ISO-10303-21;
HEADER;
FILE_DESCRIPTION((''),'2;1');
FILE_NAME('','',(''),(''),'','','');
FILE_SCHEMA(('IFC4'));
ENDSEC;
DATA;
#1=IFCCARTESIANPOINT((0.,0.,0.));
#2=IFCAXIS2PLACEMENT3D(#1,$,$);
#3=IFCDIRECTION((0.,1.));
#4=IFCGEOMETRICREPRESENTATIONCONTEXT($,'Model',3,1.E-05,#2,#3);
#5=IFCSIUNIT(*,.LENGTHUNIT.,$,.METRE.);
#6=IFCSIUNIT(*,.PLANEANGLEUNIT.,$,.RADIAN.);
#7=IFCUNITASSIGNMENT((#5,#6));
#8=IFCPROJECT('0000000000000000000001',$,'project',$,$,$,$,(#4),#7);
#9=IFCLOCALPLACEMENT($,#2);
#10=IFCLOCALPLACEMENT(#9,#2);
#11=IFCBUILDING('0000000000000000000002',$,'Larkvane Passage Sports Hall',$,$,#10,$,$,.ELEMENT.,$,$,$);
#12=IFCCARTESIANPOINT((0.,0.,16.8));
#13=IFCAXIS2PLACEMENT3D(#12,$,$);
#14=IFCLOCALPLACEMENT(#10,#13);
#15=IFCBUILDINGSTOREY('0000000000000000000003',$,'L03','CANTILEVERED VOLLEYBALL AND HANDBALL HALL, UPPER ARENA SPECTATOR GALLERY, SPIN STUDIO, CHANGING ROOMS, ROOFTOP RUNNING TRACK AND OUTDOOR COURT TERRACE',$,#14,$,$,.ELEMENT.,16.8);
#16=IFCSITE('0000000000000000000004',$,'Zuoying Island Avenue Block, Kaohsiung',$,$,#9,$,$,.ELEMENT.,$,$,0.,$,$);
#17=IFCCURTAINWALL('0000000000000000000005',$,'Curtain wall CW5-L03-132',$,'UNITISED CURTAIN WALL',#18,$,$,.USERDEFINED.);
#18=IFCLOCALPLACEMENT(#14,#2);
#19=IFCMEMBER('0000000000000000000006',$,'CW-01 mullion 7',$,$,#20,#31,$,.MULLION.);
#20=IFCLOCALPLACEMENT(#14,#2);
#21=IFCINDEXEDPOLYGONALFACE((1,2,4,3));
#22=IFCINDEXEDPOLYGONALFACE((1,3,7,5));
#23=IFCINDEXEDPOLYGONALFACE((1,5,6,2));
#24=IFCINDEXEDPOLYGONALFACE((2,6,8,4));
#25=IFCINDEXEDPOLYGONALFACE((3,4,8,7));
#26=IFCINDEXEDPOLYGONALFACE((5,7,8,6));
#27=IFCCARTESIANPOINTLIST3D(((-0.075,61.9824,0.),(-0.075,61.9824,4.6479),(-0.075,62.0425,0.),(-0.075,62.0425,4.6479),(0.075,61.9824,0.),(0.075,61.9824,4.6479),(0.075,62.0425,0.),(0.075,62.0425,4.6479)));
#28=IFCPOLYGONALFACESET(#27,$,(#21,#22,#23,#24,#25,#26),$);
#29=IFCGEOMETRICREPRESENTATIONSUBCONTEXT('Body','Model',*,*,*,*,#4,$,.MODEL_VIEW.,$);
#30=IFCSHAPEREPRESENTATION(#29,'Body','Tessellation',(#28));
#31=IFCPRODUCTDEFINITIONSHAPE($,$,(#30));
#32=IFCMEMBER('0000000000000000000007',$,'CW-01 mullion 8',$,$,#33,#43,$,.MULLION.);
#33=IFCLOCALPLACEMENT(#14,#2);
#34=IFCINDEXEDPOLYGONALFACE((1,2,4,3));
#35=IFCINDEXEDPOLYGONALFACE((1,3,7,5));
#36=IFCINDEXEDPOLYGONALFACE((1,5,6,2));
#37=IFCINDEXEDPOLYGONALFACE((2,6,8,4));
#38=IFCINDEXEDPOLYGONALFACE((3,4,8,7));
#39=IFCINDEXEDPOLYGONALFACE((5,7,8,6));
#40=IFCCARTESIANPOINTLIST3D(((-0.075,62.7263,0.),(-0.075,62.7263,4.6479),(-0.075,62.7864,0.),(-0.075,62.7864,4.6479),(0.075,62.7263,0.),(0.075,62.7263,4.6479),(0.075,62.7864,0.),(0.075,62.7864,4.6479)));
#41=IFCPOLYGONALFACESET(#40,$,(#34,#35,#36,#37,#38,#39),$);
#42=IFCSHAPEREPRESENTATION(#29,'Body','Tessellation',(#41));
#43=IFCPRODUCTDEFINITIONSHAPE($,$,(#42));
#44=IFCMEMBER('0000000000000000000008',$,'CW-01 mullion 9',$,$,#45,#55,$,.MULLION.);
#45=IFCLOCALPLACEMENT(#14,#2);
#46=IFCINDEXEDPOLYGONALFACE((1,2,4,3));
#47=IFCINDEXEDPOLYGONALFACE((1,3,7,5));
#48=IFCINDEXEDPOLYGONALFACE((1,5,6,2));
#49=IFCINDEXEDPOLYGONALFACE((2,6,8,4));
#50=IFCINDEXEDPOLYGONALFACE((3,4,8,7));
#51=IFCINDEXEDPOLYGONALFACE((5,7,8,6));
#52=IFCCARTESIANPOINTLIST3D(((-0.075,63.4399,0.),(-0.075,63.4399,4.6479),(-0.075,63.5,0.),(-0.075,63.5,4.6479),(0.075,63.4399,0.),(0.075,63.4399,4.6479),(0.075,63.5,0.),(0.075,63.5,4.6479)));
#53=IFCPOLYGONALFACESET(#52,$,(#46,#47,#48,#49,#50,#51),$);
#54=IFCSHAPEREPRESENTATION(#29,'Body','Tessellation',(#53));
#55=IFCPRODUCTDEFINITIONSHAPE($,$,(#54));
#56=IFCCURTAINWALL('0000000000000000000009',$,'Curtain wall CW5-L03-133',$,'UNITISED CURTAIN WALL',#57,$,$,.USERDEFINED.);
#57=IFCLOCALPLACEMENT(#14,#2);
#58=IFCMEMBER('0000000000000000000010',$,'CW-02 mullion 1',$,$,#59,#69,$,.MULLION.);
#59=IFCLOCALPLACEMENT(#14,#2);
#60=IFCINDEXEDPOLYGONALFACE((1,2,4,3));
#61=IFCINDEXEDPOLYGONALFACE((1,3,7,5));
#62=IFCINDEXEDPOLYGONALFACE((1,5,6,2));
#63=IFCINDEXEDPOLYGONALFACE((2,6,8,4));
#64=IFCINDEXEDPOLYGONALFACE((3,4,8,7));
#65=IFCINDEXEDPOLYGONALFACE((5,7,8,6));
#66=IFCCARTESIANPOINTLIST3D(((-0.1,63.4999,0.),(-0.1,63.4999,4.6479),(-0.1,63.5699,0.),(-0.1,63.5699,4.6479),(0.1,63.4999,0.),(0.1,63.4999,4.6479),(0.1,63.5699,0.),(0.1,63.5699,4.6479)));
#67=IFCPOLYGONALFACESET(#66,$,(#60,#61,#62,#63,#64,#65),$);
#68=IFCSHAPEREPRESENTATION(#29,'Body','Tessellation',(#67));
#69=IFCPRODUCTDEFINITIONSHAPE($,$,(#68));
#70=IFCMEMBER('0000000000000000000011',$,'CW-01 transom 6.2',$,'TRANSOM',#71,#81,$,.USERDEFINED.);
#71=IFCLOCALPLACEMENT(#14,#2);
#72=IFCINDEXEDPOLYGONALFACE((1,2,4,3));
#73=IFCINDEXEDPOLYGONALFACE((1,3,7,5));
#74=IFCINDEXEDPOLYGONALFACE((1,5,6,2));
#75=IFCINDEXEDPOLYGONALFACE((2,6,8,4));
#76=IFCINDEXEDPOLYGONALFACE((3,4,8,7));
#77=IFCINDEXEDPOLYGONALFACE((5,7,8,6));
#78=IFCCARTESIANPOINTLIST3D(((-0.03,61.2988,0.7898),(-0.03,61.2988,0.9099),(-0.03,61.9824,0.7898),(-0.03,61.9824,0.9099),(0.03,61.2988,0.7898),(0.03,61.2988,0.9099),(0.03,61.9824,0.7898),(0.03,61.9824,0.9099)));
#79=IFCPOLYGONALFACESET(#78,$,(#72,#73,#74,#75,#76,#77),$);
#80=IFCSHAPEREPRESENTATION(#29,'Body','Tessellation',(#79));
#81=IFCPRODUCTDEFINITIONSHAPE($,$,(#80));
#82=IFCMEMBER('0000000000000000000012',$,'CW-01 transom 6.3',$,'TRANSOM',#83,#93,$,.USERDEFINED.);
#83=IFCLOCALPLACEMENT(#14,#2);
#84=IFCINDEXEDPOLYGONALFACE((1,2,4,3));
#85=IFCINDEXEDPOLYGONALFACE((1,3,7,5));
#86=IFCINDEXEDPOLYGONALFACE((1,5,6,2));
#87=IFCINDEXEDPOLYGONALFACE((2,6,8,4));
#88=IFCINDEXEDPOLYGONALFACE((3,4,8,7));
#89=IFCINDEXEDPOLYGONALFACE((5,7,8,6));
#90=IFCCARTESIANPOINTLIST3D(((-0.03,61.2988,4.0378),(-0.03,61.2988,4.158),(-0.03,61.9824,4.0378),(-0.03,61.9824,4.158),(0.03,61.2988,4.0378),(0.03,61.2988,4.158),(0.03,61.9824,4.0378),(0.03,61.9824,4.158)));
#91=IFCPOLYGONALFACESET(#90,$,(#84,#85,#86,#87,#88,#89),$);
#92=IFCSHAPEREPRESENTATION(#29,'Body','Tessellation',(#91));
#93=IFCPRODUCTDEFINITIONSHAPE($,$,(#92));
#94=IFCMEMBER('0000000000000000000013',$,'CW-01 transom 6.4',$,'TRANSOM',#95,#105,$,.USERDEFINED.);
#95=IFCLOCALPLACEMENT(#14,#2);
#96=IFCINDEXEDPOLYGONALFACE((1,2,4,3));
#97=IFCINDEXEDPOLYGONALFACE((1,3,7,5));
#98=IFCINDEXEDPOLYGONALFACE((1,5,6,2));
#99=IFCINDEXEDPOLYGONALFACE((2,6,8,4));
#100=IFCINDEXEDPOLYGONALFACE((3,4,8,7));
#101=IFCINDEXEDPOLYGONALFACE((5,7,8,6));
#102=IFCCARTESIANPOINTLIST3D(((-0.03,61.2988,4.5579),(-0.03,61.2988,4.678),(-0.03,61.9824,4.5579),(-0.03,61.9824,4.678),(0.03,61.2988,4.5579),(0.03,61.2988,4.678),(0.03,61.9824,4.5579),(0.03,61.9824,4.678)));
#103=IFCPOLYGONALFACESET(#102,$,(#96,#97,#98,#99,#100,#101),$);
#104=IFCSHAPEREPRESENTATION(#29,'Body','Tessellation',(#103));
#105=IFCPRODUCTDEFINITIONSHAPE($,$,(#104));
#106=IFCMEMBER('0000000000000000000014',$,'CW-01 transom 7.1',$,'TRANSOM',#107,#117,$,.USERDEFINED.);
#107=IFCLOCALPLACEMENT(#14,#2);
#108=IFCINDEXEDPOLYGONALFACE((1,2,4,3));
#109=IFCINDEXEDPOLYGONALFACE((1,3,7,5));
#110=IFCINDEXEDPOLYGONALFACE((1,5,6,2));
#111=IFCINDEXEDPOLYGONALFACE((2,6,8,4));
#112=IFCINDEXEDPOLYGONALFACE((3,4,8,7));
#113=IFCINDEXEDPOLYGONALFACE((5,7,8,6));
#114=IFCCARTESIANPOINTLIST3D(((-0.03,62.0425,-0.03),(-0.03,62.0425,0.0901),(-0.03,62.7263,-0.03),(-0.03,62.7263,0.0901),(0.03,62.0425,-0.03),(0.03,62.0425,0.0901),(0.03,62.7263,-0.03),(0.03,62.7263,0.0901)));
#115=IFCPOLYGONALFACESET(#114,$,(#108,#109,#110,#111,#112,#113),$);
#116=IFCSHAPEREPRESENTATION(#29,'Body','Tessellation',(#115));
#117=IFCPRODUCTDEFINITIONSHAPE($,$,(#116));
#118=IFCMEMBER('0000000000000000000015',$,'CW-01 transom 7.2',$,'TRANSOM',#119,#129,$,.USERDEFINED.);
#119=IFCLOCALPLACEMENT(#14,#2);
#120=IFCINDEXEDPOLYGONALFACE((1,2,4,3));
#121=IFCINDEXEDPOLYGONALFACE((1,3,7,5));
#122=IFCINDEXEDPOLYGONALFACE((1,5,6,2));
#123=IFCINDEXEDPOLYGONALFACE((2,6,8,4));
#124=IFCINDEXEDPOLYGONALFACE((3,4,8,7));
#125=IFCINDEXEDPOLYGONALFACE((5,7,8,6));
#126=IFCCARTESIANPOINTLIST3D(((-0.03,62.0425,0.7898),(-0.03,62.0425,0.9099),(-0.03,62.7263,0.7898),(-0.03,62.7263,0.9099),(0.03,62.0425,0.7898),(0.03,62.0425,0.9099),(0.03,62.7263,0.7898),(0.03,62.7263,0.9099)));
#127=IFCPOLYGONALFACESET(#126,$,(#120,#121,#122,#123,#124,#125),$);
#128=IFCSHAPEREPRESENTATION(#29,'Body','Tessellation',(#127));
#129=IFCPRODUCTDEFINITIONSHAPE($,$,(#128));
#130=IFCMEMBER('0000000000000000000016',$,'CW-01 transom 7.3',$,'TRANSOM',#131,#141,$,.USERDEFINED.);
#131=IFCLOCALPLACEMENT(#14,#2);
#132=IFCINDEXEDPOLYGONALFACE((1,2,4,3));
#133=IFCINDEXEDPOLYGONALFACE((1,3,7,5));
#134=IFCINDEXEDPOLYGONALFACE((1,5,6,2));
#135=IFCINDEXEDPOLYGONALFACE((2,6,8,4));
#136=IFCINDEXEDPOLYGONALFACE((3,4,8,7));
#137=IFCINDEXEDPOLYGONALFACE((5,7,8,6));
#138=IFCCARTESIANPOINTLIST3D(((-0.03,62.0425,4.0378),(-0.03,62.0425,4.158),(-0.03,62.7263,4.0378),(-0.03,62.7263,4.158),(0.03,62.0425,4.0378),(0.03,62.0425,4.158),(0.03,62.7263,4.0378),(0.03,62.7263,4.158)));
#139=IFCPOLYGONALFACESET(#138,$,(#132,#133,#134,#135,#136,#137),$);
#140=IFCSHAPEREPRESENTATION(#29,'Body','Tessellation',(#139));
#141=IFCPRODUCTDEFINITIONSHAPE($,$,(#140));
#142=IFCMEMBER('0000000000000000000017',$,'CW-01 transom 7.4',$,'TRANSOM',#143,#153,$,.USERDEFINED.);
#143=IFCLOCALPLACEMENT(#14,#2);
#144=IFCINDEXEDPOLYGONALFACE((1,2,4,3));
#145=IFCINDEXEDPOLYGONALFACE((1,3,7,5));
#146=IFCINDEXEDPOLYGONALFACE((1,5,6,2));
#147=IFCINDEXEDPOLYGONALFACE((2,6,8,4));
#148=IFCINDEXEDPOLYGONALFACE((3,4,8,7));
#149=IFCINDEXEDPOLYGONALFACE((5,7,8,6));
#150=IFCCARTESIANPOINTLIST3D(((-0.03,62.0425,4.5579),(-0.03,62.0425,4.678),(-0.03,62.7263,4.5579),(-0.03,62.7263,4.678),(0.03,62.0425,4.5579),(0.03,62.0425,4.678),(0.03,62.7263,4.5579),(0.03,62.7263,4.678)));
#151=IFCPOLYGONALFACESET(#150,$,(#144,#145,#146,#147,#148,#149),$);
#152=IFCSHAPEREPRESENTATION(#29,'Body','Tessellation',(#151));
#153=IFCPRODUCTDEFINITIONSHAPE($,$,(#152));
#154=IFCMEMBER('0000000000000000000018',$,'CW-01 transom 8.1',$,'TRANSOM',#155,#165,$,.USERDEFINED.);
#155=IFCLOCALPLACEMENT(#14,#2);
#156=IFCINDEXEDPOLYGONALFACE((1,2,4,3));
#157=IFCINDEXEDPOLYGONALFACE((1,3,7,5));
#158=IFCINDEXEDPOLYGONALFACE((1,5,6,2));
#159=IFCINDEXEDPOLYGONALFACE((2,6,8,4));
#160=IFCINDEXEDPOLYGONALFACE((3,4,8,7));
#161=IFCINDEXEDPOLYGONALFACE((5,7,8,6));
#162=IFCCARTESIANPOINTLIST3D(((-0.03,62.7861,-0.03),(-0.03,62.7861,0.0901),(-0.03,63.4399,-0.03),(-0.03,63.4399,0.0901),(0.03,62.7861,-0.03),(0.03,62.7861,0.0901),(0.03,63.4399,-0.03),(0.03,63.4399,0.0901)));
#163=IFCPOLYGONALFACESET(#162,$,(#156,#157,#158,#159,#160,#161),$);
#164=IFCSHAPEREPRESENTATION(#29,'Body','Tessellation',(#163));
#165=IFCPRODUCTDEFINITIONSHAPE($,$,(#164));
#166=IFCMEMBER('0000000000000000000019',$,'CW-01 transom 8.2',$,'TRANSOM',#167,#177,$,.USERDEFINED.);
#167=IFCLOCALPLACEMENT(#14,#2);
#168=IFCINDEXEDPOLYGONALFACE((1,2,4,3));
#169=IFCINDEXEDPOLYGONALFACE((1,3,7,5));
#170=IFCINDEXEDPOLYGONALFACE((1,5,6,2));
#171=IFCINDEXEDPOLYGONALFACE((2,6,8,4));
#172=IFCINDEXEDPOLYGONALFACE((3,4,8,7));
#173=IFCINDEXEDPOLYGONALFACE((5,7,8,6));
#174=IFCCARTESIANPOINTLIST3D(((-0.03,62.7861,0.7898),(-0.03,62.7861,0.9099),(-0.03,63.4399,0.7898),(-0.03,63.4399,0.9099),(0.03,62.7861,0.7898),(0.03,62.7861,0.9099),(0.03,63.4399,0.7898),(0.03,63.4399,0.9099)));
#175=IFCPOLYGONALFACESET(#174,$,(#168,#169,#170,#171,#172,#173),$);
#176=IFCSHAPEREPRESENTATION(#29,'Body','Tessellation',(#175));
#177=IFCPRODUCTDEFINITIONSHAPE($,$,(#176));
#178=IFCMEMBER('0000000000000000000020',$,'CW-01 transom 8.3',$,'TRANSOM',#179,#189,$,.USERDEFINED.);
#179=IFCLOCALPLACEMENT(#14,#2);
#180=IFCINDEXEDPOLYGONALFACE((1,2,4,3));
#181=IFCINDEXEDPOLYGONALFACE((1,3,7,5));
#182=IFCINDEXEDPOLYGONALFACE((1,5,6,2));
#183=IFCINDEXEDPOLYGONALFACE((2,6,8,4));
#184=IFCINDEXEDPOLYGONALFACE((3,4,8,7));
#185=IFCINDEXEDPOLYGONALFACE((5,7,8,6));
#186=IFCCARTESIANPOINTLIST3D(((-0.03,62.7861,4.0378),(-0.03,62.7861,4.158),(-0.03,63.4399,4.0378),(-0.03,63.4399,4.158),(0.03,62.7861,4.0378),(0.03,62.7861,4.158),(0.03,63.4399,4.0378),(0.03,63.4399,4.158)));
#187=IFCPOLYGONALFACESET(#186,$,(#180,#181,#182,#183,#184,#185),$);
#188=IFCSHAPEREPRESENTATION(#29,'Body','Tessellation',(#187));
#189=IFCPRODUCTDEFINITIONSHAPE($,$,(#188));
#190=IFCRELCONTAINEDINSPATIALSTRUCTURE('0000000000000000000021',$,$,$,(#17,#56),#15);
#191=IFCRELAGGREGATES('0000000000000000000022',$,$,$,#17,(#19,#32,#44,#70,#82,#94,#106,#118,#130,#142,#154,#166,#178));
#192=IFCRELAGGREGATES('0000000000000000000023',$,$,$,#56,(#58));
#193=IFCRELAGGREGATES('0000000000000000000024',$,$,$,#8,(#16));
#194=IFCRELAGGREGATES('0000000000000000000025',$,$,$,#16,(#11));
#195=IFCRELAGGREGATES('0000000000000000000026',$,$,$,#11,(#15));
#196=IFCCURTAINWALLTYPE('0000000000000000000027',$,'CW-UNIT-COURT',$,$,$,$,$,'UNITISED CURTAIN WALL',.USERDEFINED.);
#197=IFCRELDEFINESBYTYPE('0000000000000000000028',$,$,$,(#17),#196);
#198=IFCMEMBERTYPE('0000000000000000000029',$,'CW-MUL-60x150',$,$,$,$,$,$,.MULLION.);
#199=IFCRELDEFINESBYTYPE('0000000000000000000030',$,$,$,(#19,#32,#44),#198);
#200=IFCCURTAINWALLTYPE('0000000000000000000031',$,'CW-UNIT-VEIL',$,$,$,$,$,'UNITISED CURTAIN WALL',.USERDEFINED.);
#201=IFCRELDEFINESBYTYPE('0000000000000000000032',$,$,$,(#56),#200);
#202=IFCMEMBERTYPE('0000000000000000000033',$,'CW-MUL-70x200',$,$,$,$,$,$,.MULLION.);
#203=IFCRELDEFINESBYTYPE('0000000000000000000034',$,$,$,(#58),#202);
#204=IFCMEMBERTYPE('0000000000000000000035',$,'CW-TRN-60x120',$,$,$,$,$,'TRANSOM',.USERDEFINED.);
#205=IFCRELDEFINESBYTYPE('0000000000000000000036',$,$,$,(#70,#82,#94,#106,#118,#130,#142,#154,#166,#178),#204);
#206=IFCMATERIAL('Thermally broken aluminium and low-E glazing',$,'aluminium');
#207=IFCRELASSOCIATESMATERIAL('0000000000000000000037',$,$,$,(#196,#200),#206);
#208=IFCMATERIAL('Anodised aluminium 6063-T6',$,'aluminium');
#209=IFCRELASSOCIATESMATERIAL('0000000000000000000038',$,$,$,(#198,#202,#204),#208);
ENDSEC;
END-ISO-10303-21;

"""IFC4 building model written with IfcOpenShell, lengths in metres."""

from ifc_helpers import new_model, si_unit, direction, frame, origin, origin_2d, place, context, subcontext, project, spatial, rectangle, extrude, material, material_profile, profile_set, type_object, element, aggregate, save


model = new_model("IFC4")

# Units and contexts
model_context = context("Model", 3, precision=1e-05, world=origin(), true_north=direction((0.0, 1.0)))
body_context = subcontext(model_context, "Body", "Model", "MODEL_VIEW")
ifc_project = project(units=[si_unit("LENGTHUNIT", "METRE"), si_unit("PLANEANGLEUNIT", "RADIAN")], contexts=[model_context])

# Site, building, storey
site_placement = place(None, origin())
site = spatial("IfcSite", under=ifc_project, at=site_placement, Name="Zuoying Island Avenue Block, Kaohsiung", CompositionType="ELEMENT", RefElevation=0.0)
building_placement = place(site_placement, origin())
building = spatial("IfcBuilding", under=site, at=building_placement, Name="Larkvane Passage Sports Hall", CompositionType="ELEMENT")
storey_placement = place(building_placement, frame((0.0, 0.0, 16.8)))
storey = spatial("IfcBuildingStorey", under=building, at=storey_placement, Name="L03", Description="CANTILEVERED VOLLEYBALL AND HANDBALL HALL, UPPER ARENA SPECTATOR GALLERY, SPIN STUDIO, CHANGING ROOMS, ROOFTOP RUNNING TRACK AND OUTDOOR COURT TERRACE", CompositionType="ELEMENT", Elevation=16.8)

# Curtain wall, members
ifc_material_1 = material(Name="Thermally broken aluminium and low-E glazing", Category="aluminium")
curtain_wall_type_1 = type_object("IfcCurtainWallType", Name="CW-UNIT-COURT", ElementType="UNITISED CURTAIN WALL", PredefinedType="USERDEFINED", material=ifc_material_1)
curtain_wall_1_placement = place(storey_placement, origin())
curtain_wall_1 = element("IfcCurtainWall", 1, at=curtain_wall_1_placement, inside=storey, type_object=curtain_wall_type_1, Name="Curtain wall CW5-L03-132", ObjectType="UNITISED CURTAIN WALL", PredefinedType="USERDEFINED")
ifc_material_2 = material(Name="Anodised aluminium 6063-T6", Category="aluminium")
ifc_material_profile_1 = material_profile(ifc_material_2, rectangle(XDim=0.0601, YDim=0.1499, at=origin_2d()), Name="ALU-MUL-60x150")
ifc_profile_set_1 = profile_set([ifc_material_profile_1], Name="Anodised aluminium 6063-T6")
member_type_1 = type_object("IfcMemberType", Name="CW-MUL-60x150", PredefinedType="MULLION", material=ifc_profile_set_1)
member_1_placement = place(storey_placement, frame((0.0, 62.0125, 0.0), z_axis=(0.0, 0.0, 1.0), x_axis=(0.0, 1.0, 0.0)))
member_1 = element("IfcMember", 2, at=member_1_placement, type_object=member_type_1, Name="CW-01 mullion 7", PredefinedType="MULLION", context=body_context, shape_type="SweptSolid", body=[
    extrude(rectangle(XDim=0.0601, YDim=0.1499, at=origin_2d()), origin(), (0.0, 0.0, 1.0), 4.6479),
])
member_2_placement = place(storey_placement, frame((0.0, 62.7563, 0.0), z_axis=(0.0, 0.0, 1.0), x_axis=(0.0, 1.0, 0.0)))
member_2 = element("IfcMember", 3, at=member_2_placement, type_object=member_type_1, Name="CW-01 mullion 8", PredefinedType="MULLION", context=body_context, shape_type="SweptSolid", body=[
    extrude(rectangle(XDim=0.0601, YDim=0.1499, at=origin_2d()), origin(), (0.0, 0.0, 1.0), 4.6479),
])
member_3_placement = place(storey_placement, frame((0.0, 63.47, 0.0), z_axis=(0.0, 0.0, 1.0), x_axis=(0.0, 1.0, 0.0)))
member_3 = element("IfcMember", 4, at=member_3_placement, type_object=member_type_1, Name="CW-01 mullion 9", PredefinedType="MULLION", context=body_context, shape_type="SweptSolid", body=[
    extrude(rectangle(XDim=0.0601, YDim=0.1499, at=origin_2d()), origin(), (0.0, 0.0, 1.0), 4.6479),
])

# Curtain wall, member
curtain_wall_type_2 = type_object("IfcCurtainWallType", Name="CW-UNIT-VEIL", ElementType="UNITISED CURTAIN WALL", PredefinedType="USERDEFINED", material=ifc_material_1)
curtain_wall_2_placement = place(storey_placement, origin())
curtain_wall_2 = element("IfcCurtainWall", 5, at=curtain_wall_2_placement, inside=storey, type_object=curtain_wall_type_2, Name="Curtain wall CW5-L03-133", ObjectType="UNITISED CURTAIN WALL", PredefinedType="USERDEFINED")
ifc_material_profile_2 = material_profile(ifc_material_2, rectangle(XDim=0.0701, YDim=0.2, at=origin_2d()), Name="ALU-MUL-70x200")
ifc_profile_set_2 = profile_set([ifc_material_profile_2], Name="Anodised aluminium 6063-T6")
member_type_2 = type_object("IfcMemberType", Name="CW-MUL-70x200", PredefinedType="MULLION", material=ifc_profile_set_2)
member_4_placement = place(storey_placement, frame((0.0, 63.5349, 0.0), z_axis=(0.0, 0.0, 1.0), x_axis=(0.0, 1.0, 0.0)))
member_4 = element("IfcMember", 6, at=member_4_placement, type_object=member_type_2, Name="CW-02 mullion 1", PredefinedType="MULLION", context=body_context, shape_type="SweptSolid", body=[
    extrude(rectangle(XDim=0.0701, YDim=0.2, at=origin_2d()), origin(), (0.0, 0.0, 1.0), 4.6479),
])

# Members
ifc_material_profile_3 = material_profile(ifc_material_2, rectangle(XDim=0.0601, YDim=0.1201, at=origin_2d()), Name="ALU-TRN-60x120")
ifc_profile_set_3 = profile_set([ifc_material_profile_3], Name="Anodised aluminium 6063-T6")
member_type_3 = type_object("IfcMemberType", Name="CW-TRN-60x120", ElementType="TRANSOM", PredefinedType="USERDEFINED", material=ifc_profile_set_3)
member_5_placement = place(storey_placement, frame((0.0, 61.2988, 0.8499), z_axis=(0.0, 1.0, 0.0), x_axis=(-1.0, 0.0, 0.0)))
member_5 = element("IfcMember", 7, at=member_5_placement, type_object=member_type_3, Name="CW-01 transom 6.2", ObjectType="TRANSOM", PredefinedType="USERDEFINED", context=body_context, shape_type="SweptSolid", body=[
    extrude(rectangle(XDim=0.0601, YDim=0.1201, at=origin_2d()), origin(), (0.0, 0.0, 1.0), 0.6836),
])
member_6_placement = place(storey_placement, frame((0.0, 61.2988, 4.0979), z_axis=(0.0, 1.0, 0.0), x_axis=(-1.0, 0.0, 0.0)))
member_6 = element("IfcMember", 8, at=member_6_placement, type_object=member_type_3, Name="CW-01 transom 6.3", ObjectType="TRANSOM", PredefinedType="USERDEFINED", context=body_context, shape_type="SweptSolid", body=[
    extrude(rectangle(XDim=0.0601, YDim=0.1201, at=origin_2d()), origin(), (0.0, 0.0, 1.0), 0.6836),
])
member_7_placement = place(storey_placement, frame((0.0, 61.2988, 4.6179), z_axis=(0.0, 1.0, 0.0), x_axis=(-1.0, 0.0, 0.0)))
member_7 = element("IfcMember", 9, at=member_7_placement, type_object=member_type_3, Name="CW-01 transom 6.4", ObjectType="TRANSOM", PredefinedType="USERDEFINED", context=body_context, shape_type="SweptSolid", body=[
    extrude(rectangle(XDim=0.0601, YDim=0.1201, at=origin_2d()), origin(), (0.0, 0.0, 1.0), 0.6836),
])
member_8_placement = place(storey_placement, frame((0.0, 62.0425, 0.03), z_axis=(0.0, 1.0, 0.0), x_axis=(-1.0, 0.0, 0.0)))
member_8 = element("IfcMember", 10, at=member_8_placement, type_object=member_type_3, Name="CW-01 transom 7.1", ObjectType="TRANSOM", PredefinedType="USERDEFINED", context=body_context, shape_type="SweptSolid", body=[
    extrude(rectangle(XDim=0.0601, YDim=0.1201, at=origin_2d()), origin(), (0.0, 0.0, 1.0), 0.6838),
])
member_9_placement = place(storey_placement, frame((0.0, 62.0425, 0.8499), z_axis=(0.0, 1.0, 0.0), x_axis=(-1.0, 0.0, 0.0)))
member_9 = element("IfcMember", 11, at=member_9_placement, type_object=member_type_3, Name="CW-01 transom 7.2", ObjectType="TRANSOM", PredefinedType="USERDEFINED", context=body_context, shape_type="SweptSolid", body=[
    extrude(rectangle(XDim=0.0601, YDim=0.1201, at=origin_2d()), origin(), (0.0, 0.0, 1.0), 0.6838),
])
member_10_placement = place(storey_placement, frame((0.0, 62.0425, 4.0979), z_axis=(0.0, 1.0, 0.0), x_axis=(-1.0, 0.0, 0.0)))
member_10 = element("IfcMember", 12, at=member_10_placement, type_object=member_type_3, Name="CW-01 transom 7.3", ObjectType="TRANSOM", PredefinedType="USERDEFINED", context=body_context, shape_type="SweptSolid", body=[
    extrude(rectangle(XDim=0.0601, YDim=0.1201, at=origin_2d()), origin(), (0.0, 0.0, 1.0), 0.6838),
])
member_11_placement = place(storey_placement, frame((0.0, 62.0425, 4.6179), z_axis=(0.0, 1.0, 0.0), x_axis=(-1.0, 0.0, 0.0)))
member_11 = element("IfcMember", 13, at=member_11_placement, type_object=member_type_3, Name="CW-01 transom 7.4", ObjectType="TRANSOM", PredefinedType="USERDEFINED", context=body_context, shape_type="SweptSolid", body=[
    extrude(rectangle(XDim=0.0601, YDim=0.1201, at=origin_2d()), origin(), (0.0, 0.0, 1.0), 0.6838),
])
member_12_placement = place(storey_placement, frame((0.0, 62.7861, 0.03), z_axis=(0.0, 1.0, 0.0), x_axis=(-1.0, 0.0, 0.0)))
member_12 = element("IfcMember", 14, at=member_12_placement, type_object=member_type_3, Name="CW-01 transom 8.1", ObjectType="TRANSOM", PredefinedType="USERDEFINED", context=body_context, shape_type="SweptSolid", body=[
    extrude(rectangle(XDim=0.0601, YDim=0.1201, at=origin_2d()), origin(), (0.0, 0.0, 1.0), 0.6538),
])
member_13_placement = place(storey_placement, frame((0.0, 62.7861, 0.8499), z_axis=(0.0, 1.0, 0.0), x_axis=(-1.0, 0.0, 0.0)))
member_13 = element("IfcMember", 15, at=member_13_placement, type_object=member_type_3, Name="CW-01 transom 8.2", ObjectType="TRANSOM", PredefinedType="USERDEFINED", context=body_context, shape_type="SweptSolid", body=[
    extrude(rectangle(XDim=0.0601, YDim=0.1201, at=origin_2d()), origin(), (0.0, 0.0, 1.0), 0.6538),
])
member_14_placement = place(storey_placement, frame((0.0, 62.7861, 4.0979), z_axis=(0.0, 1.0, 0.0), x_axis=(-1.0, 0.0, 0.0)))
member_14 = element("IfcMember", 16, at=member_14_placement, type_object=member_type_3, Name="CW-01 transom 8.3", ObjectType="TRANSOM", PredefinedType="USERDEFINED", context=body_context, shape_type="SweptSolid", body=[
    extrude(rectangle(XDim=0.0601, YDim=0.1201, at=origin_2d()), origin(), (0.0, 0.0, 1.0), 0.6538),
])

aggregate(curtain_wall_1, [member_1, member_2, member_3, member_5, member_6, member_7, member_8, member_9, member_10, member_11, member_12, member_13, member_14])
aggregate(curtain_wall_2, [member_4])

save(model, "model.ifc")
